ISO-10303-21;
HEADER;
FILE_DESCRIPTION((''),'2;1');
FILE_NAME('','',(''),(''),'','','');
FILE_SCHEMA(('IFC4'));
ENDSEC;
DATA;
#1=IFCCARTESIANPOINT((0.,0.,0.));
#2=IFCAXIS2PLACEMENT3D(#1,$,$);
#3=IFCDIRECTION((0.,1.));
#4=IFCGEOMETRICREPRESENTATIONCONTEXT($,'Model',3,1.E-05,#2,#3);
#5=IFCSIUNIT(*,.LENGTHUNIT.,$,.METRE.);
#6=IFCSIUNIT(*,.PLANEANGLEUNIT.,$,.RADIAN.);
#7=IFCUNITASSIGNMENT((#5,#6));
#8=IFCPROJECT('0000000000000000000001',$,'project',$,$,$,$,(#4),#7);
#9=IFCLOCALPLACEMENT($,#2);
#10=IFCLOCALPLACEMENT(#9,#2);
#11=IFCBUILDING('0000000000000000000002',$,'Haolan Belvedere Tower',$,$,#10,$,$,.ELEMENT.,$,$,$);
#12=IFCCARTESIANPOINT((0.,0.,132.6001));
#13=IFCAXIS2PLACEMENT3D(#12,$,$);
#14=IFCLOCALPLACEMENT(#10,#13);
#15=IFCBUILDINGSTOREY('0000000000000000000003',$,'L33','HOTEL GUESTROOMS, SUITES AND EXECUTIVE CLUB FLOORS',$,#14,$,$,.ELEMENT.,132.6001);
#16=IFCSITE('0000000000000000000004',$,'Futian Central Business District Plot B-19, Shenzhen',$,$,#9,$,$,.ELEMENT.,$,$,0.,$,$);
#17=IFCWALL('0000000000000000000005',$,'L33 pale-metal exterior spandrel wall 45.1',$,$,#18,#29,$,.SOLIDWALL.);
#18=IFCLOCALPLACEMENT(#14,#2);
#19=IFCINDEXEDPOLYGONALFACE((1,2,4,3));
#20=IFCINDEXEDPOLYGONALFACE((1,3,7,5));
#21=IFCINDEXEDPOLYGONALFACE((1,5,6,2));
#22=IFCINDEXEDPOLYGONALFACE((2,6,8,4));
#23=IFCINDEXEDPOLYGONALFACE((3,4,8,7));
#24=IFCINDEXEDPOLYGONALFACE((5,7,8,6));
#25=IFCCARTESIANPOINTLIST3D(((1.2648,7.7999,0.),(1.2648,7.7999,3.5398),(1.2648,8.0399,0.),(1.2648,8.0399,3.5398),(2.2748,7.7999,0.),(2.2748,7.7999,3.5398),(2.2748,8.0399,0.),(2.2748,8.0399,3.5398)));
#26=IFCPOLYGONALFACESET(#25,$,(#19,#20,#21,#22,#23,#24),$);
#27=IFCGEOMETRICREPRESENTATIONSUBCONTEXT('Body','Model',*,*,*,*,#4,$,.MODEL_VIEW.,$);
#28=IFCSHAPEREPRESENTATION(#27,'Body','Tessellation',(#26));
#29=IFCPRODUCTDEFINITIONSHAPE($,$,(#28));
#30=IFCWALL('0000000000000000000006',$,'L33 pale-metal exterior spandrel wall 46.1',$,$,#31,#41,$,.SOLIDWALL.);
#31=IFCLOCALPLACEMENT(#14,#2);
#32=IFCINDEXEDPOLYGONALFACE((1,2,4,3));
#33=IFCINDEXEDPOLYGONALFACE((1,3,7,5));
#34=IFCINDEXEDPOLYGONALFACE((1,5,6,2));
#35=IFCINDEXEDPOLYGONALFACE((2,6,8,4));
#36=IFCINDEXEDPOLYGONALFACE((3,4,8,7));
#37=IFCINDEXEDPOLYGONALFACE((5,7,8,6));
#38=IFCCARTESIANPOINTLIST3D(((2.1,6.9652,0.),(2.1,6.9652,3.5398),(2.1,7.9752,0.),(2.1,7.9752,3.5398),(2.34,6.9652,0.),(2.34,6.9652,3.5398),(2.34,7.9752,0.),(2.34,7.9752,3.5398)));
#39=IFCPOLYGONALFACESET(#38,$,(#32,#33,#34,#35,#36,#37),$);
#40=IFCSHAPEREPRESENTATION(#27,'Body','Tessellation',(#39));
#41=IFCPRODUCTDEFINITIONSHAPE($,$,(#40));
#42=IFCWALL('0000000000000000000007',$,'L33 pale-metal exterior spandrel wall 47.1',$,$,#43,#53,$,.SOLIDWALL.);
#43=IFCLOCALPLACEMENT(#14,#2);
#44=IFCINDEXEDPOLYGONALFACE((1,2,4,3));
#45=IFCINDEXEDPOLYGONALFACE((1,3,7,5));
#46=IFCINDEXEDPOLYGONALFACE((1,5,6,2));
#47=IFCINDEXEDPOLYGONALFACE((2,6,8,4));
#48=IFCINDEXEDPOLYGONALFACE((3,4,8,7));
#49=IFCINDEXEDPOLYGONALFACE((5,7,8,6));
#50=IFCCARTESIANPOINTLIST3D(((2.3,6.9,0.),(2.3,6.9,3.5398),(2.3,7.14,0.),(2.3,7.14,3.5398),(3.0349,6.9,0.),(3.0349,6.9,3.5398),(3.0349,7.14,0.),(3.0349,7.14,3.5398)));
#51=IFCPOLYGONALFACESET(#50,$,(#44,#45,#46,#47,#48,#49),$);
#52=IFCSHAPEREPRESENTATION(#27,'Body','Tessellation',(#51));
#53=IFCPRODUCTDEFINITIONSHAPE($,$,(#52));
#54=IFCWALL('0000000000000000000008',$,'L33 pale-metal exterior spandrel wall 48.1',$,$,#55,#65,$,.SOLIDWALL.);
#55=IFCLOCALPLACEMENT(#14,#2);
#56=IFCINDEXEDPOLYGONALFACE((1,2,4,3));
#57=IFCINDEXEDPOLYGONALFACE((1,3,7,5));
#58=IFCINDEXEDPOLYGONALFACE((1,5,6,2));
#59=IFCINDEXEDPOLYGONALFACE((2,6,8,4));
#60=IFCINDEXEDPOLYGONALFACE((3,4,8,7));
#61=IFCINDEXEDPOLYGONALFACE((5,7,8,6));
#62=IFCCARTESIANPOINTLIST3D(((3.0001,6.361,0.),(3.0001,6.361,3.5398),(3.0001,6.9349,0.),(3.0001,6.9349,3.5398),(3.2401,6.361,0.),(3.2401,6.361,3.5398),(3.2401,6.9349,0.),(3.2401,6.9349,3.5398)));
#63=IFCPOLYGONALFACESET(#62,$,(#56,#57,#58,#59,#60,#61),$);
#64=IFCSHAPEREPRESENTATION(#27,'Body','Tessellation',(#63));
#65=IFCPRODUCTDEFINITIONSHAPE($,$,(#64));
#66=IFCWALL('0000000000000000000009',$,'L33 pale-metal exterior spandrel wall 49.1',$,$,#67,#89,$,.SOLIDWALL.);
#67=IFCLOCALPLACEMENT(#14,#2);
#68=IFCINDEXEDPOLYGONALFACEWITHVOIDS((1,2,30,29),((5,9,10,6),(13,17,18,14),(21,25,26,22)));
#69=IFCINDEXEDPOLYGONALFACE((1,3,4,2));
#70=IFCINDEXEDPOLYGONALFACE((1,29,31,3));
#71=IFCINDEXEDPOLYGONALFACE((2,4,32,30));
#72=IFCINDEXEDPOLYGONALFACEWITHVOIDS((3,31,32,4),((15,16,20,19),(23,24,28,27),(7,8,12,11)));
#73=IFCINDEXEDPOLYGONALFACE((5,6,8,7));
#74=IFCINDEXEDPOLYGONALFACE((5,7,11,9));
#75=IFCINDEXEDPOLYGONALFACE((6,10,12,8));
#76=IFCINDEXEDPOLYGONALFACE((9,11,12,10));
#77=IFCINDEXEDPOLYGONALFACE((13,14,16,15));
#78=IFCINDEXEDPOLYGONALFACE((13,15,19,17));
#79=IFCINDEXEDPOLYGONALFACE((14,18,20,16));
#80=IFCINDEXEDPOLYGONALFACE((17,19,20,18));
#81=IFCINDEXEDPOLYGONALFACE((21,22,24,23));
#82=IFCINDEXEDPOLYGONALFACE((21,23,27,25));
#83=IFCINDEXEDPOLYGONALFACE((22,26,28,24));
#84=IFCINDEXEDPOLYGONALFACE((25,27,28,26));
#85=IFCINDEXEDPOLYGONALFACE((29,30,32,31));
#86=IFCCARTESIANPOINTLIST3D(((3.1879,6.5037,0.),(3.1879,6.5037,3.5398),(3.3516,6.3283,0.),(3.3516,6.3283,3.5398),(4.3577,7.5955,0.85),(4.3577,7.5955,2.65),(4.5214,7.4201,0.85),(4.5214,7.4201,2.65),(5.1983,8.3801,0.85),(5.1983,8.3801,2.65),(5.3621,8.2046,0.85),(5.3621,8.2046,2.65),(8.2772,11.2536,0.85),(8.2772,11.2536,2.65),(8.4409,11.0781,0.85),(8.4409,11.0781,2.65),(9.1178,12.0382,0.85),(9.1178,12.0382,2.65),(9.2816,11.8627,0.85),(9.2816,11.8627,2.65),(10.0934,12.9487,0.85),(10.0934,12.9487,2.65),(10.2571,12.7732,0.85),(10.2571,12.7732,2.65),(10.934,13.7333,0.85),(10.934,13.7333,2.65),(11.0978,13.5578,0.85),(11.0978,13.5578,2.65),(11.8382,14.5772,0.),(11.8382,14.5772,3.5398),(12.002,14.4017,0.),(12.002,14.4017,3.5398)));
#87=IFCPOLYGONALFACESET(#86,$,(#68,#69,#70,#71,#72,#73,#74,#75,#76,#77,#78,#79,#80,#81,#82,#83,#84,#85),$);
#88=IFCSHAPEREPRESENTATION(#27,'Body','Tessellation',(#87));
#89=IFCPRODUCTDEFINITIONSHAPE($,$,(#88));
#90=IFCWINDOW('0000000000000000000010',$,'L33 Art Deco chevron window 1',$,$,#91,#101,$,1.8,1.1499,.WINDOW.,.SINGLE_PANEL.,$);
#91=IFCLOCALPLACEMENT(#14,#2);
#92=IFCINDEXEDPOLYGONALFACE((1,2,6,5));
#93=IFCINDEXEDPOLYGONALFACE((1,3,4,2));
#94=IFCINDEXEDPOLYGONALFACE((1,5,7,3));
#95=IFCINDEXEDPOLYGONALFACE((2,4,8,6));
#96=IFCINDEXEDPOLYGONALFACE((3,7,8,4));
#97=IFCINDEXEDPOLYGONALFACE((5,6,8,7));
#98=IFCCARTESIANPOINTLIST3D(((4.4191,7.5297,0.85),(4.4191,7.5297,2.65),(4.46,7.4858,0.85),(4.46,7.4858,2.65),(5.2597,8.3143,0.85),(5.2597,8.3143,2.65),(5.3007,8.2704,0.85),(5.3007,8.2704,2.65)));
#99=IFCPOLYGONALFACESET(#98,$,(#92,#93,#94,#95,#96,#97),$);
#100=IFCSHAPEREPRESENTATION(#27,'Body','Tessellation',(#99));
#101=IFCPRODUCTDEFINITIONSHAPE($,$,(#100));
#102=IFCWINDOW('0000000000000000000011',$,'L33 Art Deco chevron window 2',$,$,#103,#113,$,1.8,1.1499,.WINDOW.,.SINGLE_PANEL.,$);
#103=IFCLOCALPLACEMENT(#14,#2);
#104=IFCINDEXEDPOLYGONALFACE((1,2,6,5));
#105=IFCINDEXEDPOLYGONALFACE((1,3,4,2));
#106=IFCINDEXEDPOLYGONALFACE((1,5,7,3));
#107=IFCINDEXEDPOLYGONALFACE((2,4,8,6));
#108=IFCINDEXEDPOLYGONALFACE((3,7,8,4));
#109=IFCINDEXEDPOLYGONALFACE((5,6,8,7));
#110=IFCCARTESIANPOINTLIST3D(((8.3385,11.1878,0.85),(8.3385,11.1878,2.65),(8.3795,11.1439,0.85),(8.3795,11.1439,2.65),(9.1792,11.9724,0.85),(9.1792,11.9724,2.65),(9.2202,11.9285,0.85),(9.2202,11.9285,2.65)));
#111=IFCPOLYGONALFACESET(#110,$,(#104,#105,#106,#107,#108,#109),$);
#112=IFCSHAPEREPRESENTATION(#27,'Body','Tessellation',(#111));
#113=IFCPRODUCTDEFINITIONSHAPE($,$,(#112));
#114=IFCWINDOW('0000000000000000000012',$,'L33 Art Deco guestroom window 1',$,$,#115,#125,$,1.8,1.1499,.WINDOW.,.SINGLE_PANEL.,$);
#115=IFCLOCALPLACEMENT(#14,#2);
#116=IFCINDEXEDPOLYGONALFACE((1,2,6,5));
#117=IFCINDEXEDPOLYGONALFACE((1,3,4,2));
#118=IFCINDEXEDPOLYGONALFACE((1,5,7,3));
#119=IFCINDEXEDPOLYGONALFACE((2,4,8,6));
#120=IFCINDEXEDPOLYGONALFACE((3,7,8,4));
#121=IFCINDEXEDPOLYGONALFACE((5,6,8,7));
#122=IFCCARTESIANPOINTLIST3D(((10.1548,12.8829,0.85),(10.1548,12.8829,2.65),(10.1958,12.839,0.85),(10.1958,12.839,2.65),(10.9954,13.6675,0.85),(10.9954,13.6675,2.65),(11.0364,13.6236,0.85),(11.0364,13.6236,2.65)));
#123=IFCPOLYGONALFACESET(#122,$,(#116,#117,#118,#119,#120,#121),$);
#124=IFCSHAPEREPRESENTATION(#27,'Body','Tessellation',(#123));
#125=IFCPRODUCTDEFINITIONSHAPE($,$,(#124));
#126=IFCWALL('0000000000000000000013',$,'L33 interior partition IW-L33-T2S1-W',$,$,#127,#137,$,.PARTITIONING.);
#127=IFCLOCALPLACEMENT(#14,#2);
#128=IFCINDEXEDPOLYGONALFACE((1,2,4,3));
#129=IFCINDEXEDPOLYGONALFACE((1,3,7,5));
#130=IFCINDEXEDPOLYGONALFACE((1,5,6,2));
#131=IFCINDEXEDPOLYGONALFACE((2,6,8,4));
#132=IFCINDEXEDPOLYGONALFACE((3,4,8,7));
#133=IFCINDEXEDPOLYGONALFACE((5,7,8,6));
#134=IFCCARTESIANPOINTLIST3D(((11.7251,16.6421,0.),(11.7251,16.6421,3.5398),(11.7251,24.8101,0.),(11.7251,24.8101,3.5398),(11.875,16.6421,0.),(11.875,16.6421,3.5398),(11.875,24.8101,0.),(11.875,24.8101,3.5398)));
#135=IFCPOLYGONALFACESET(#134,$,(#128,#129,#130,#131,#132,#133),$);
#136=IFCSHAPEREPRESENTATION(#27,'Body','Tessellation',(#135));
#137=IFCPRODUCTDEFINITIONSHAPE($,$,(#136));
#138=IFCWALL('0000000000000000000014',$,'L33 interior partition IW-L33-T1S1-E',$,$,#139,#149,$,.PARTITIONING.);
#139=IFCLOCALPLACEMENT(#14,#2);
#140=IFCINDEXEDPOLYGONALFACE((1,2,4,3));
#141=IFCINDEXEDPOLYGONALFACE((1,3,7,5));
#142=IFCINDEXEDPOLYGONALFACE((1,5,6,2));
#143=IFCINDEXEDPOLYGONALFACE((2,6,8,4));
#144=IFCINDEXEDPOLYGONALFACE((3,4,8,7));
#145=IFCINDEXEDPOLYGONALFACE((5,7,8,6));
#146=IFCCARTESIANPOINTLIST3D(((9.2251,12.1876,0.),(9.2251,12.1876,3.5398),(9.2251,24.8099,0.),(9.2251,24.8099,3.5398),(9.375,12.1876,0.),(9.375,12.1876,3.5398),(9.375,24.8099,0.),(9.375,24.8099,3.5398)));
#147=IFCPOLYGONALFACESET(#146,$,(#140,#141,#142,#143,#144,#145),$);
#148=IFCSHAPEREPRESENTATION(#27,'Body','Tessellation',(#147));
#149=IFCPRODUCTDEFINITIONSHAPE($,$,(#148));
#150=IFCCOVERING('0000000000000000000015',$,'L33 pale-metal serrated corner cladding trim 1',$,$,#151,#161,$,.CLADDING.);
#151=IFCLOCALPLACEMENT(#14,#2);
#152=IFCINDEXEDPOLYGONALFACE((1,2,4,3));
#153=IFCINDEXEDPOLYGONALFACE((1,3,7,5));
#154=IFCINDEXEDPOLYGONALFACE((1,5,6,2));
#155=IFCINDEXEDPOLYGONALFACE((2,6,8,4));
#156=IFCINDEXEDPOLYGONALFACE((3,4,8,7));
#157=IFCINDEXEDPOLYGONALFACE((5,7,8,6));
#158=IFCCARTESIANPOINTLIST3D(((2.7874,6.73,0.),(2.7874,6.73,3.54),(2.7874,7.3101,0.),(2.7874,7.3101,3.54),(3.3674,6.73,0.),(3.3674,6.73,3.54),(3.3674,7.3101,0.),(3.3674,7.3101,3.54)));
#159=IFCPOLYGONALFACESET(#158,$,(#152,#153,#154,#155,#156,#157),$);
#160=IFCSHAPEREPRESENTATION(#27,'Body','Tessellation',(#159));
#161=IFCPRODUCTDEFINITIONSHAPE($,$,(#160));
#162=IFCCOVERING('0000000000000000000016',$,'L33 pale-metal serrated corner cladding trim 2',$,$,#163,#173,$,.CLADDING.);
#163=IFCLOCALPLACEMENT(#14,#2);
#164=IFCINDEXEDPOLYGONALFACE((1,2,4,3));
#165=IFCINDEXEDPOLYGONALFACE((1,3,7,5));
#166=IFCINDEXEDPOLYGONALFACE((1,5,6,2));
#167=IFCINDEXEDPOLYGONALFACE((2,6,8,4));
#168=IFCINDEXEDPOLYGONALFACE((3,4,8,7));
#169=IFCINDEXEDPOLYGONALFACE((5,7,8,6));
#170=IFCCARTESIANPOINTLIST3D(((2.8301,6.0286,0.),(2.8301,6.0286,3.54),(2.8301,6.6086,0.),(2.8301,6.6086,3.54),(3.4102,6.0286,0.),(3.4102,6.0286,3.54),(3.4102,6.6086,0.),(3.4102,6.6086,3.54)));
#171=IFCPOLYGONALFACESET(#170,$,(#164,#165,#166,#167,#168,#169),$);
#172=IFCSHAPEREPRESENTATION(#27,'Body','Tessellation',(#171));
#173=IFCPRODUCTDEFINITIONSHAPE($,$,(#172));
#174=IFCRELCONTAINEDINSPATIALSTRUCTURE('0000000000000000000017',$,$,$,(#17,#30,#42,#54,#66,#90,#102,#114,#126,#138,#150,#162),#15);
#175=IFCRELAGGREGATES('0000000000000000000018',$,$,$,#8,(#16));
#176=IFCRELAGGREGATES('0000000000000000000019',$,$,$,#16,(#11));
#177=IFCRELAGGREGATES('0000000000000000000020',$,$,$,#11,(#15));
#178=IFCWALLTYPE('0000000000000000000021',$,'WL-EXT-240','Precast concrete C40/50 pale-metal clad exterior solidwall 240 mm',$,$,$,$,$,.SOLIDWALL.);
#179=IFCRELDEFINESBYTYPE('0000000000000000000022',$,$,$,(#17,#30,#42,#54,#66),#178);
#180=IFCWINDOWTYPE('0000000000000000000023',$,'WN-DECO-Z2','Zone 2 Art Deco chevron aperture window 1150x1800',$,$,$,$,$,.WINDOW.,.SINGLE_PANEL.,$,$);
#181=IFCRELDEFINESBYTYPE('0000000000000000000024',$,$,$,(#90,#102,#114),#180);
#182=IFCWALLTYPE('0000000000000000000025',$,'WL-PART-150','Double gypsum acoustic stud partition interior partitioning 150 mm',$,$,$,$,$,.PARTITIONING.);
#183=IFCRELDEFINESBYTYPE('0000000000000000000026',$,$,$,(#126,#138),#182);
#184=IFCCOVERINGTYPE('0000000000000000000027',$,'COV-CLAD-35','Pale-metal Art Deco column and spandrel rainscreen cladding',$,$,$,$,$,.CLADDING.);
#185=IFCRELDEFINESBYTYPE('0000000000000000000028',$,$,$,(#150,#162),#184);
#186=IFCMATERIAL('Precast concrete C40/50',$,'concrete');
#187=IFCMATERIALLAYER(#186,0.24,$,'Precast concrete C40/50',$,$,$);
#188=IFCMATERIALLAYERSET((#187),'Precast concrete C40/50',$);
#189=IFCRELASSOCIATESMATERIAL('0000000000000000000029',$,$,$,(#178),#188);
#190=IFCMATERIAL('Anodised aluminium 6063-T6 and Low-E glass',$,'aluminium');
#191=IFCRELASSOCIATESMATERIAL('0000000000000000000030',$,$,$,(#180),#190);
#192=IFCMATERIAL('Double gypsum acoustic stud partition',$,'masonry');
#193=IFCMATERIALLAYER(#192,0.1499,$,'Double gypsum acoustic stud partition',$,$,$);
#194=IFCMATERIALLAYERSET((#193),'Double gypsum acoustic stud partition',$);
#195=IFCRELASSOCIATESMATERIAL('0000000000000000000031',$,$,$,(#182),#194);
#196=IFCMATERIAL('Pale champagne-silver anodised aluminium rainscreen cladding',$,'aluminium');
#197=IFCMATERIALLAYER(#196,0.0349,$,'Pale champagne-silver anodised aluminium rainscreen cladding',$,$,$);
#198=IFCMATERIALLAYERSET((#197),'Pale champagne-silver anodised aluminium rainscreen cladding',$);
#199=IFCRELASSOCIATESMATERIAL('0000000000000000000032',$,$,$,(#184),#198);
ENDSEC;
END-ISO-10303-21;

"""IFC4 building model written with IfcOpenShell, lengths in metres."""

from ifc_helpers import new_model, si_unit, direction, frame, frame_2d, origin, origin_2d, place, context, subcontext, project, spatial, rectangle, extrude, material, layer, layer_set, type_object, element, fill, save


model = new_model("IFC4")

# Units and contexts
model_context = context("Model", 3, precision=1e-05, world=origin(), true_north=direction((0.0, 1.0)))
body_context = subcontext(model_context, "Body", "Model", "MODEL_VIEW")
ifc_project = project(units=[si_unit("LENGTHUNIT", "METRE"), si_unit("PLANEANGLEUNIT", "RADIAN")], contexts=[model_context])

# Site, building, storey
site_placement = place(None, origin())
site = spatial("IfcSite", under=ifc_project, at=site_placement, Name="Futian Central Business District Plot B-19, Shenzhen", CompositionType="ELEMENT", RefElevation=0.0)
building_placement = place(site_placement, origin())
building = spatial("IfcBuilding", under=site, at=building_placement, Name="Haolan Belvedere Tower", CompositionType="ELEMENT")
storey_placement = place(building_placement, frame((0.0, 0.0, 132.6001)))
storey = spatial("IfcBuildingStorey", under=building, at=storey_placement, Name="L33", Description="HOTEL GUESTROOMS, SUITES AND EXECUTIVE CLUB FLOORS", CompositionType="ELEMENT", Elevation=132.6001)

# Walls
ifc_material_1 = material(Name="Precast concrete C40/50", Category="concrete")
ifc_layer_1 = layer(ifc_material_1, 0.24, Name="Precast concrete C40/50")
ifc_layer_set_1 = layer_set([ifc_layer_1], Name="Precast concrete C40/50")
wall_type_1 = type_object("IfcWallType", Name="WL-EXT-240", Description="Precast concrete C40/50 pale-metal clad exterior solidwall 240 mm", PredefinedType="SOLIDWALL", material=ifc_layer_set_1)
for number, where, z_axis, x_axis, name in (
    (1, (1.2649, 7.9199, 0.0), (0.0, 0.0, 1.0), (1.0, 0.0, 0.0), "L33 pale-metal exterior spandrel wall 45.1"),
    (2, (2.22, 7.9751, 0.0), (0.0, 0.0, 1.0), (0.0, -1.0, 0.0), "L33 pale-metal exterior spandrel wall 46.1"),
):
    element("IfcWall", number, at=place(storey_placement, frame(where, z_axis=z_axis, x_axis=x_axis)), inside=storey, type_object=wall_type_1, Name=name, PredefinedType="SOLIDWALL", context=body_context, shape_type="SweptSolid", body=[
        extrude(rectangle(XDim=1.01, YDim=0.24, at=frame_2d((0.5049, 0.0))), origin(), (0.0, 0.0, 1.0), 3.5398),
    ])
wall_1_placement = place(storey_placement, frame((2.3, 7.02, 0.0), z_axis=(0.0, 0.0, 1.0), x_axis=(1.0, 0.0, 0.0)))
element("IfcWall", 3, at=wall_1_placement, inside=storey, type_object=wall_type_1, Name="L33 pale-metal exterior spandrel wall 47.1", PredefinedType="SOLIDWALL", context=body_context, shape_type="SweptSolid", body=[
    extrude(rectangle(XDim=0.7349, YDim=0.24, at=frame_2d((0.3674, 0.0))), origin(), (0.0, 0.0, 1.0), 3.5398),
])
wall_2_placement = place(storey_placement, frame((3.1201, 6.9351, 0.0), z_axis=(0.0, 0.0, 1.0), x_axis=(0.0, -1.0, 0.0)))
element("IfcWall", 4, at=wall_2_placement, inside=storey, type_object=wall_type_1, Name="L33 pale-metal exterior spandrel wall 48.1", PredefinedType="SOLIDWALL", context=body_context, shape_type="SweptSolid", body=[
    extrude(rectangle(XDim=0.574, YDim=0.24, at=frame_2d((0.2871, 0.0))), origin(), (0.0, 0.0, 1.0), 3.5398),
])

# Wall, openings, windows
wall_3_placement = place(storey_placement, frame((3.2698, 6.416, 0.0), z_axis=(0.0, 0.0, 1.0), x_axis=(0.731064, 0.682309, 0.0)))
wall_3 = element("IfcWall", 5, at=wall_3_placement, inside=storey, type_object=wall_type_1, Name="L33 pale-metal exterior spandrel wall 49.1", PredefinedType="SOLIDWALL", context=body_context, shape_type="SweptSolid", body=[
    extrude(rectangle(XDim=11.8325, YDim=0.24, at=frame_2d((5.9163, 0.0))), origin(), (0.0, 0.0, 1.0), 3.5398),
])
opening_1_placement = place(wall_3_placement, frame((1.6001, 0.0, 0.8501)))
opening_1 = element("IfcOpeningElement", 6, at=opening_1_placement, cuts=wall_3, PredefinedType="OPENING", context=body_context, shape_type="SweptSolid", body=[
    extrude(rectangle(XDim=1.1499, YDim=1.8, at=frame_2d((0.575, 0.8999))), frame((0.0, 0.1299, 0.0), z_axis=(0.0, -1.0, 0.0), x_axis=(1.0, 0.0, 0.0)), (0.0, 0.0, 1.0), 0.26),
])
opening_2_placement = place(wall_3_placement, frame((6.9614, 0.0, 0.8501)))
opening_2 = element("IfcOpeningElement", 7, at=opening_2_placement, cuts=wall_3, PredefinedType="OPENING", context=body_context, shape_type="SweptSolid", body=[
    extrude(rectangle(XDim=1.1499, YDim=1.8, at=frame_2d((0.575, 0.8999))), frame((0.0, 0.1299, 0.0), z_axis=(0.0, -1.0, 0.0), x_axis=(1.0, 0.0, 0.0)), (0.0, 0.0, 1.0), 0.26),
])
opening_3_placement = place(wall_3_placement, frame((9.4458, 0.0, 0.8501)))
opening_3 = element("IfcOpeningElement", 8, at=opening_3_placement, cuts=wall_3, PredefinedType="OPENING", context=body_context, shape_type="SweptSolid", body=[
    extrude(rectangle(XDim=1.1499, YDim=1.8, at=frame_2d((0.575, 0.8999))), frame((0.0, 0.1299, 0.0), z_axis=(0.0, -1.0, 0.0), x_axis=(1.0, 0.0, 0.0)), (0.0, 0.0, 1.0), 0.26),
])
ifc_material_2 = material(Name="Anodised aluminium 6063-T6 and Low-E glass", Category="aluminium")
window_type = type_object("IfcWindowType", Name="WN-DECO-Z2", Description="Zone 2 Art Deco chevron aperture window 1150x1800", PartitioningType="SINGLE_PANEL", PredefinedType="WINDOW", material=ifc_material_2)
window_1_placement = place(opening_1_placement, origin())
window_1 = element("IfcWindow", 9, at=window_1_placement, inside=storey, type_object=window_type, Name="L33 Art Deco chevron window 1", OverallHeight=1.8, OverallWidth=1.1499, PartitioningType="SINGLE_PANEL", PredefinedType="WINDOW", context=body_context, shape_type="SweptSolid", body=[
    extrude(rectangle(XDim=1.1499, YDim=1.8, at=frame_2d((0.575, 0.8999))), frame((0.0, 0.03, 0.0), z_axis=(0.0, -1.0, 0.0), x_axis=(1.0, 0.0, 0.0)), (0.0, 0.0, 1.0), 0.0601),
])
fill(opening_1, window_1)
window_2_placement = place(opening_2_placement, origin())
window_2 = element("IfcWindow", 10, at=window_2_placement, inside=storey, type_object=window_type, Name="L33 Art Deco chevron window 2", OverallHeight=1.8, OverallWidth=1.1499, PartitioningType="SINGLE_PANEL", PredefinedType="WINDOW", context=body_context, shape_type="SweptSolid", body=[
    extrude(rectangle(XDim=1.1499, YDim=1.8, at=frame_2d((0.575, 0.8999))), frame((0.0, 0.03, 0.0), z_axis=(0.0, -1.0, 0.0), x_axis=(1.0, 0.0, 0.0)), (0.0, 0.0, 1.0), 0.0601),
])
fill(opening_2, window_2)
window_3_placement = place(opening_3_placement, origin())
window_3 = element("IfcWindow", 11, at=window_3_placement, inside=storey, type_object=window_type, Name="L33 Art Deco guestroom window 1", OverallHeight=1.8, OverallWidth=1.1499, PartitioningType="SINGLE_PANEL", PredefinedType="WINDOW", context=body_context, shape_type="SweptSolid", body=[
    extrude(rectangle(XDim=1.1499, YDim=1.8, at=frame_2d((0.575, 0.8999))), frame((0.0, 0.03, 0.0), z_axis=(0.0, -1.0, 0.0), x_axis=(1.0, 0.0, 0.0)), (0.0, 0.0, 1.0), 0.0601),
])
fill(opening_3, window_3)

# Walls
ifc_material_3 = material(Name="Double gypsum acoustic stud partition", Category="masonry")
ifc_layer_2 = layer(ifc_material_3, 0.1499, Name="Double gypsum acoustic stud partition")
ifc_layer_set_2 = layer_set([ifc_layer_2], Name="Double gypsum acoustic stud partition")
wall_type_2 = type_object("IfcWallType", Name="WL-PART-150", Description="Double gypsum acoustic stud partition interior partitioning 150 mm", PredefinedType="PARTITIONING", material=ifc_layer_set_2)
wall_4_placement = place(storey_placement, frame((11.8, 16.6421, 0.0), z_axis=(0.0, 0.0, 1.0), x_axis=(0.0, 1.0, 0.0)))
element("IfcWall", 12, at=wall_4_placement, inside=storey, type_object=wall_type_2, Name="L33 interior partition IW-L33-T2S1-W", PredefinedType="PARTITIONING", context=body_context, shape_type="SweptSolid", body=[
    extrude(rectangle(XDim=8.168, YDim=0.1499, at=frame_2d((4.084, 0.0))), origin(), (0.0, 0.0, 1.0), 3.5398),
])
wall_5_placement = place(storey_placement, frame((9.3, 12.1877, 0.0), z_axis=(0.0, 0.0, 1.0), x_axis=(0.0, 1.0, 0.0)))
element("IfcWall", 13, at=wall_5_placement, inside=storey, type_object=wall_type_2, Name="L33 interior partition IW-L33-T1S1-E", PredefinedType="PARTITIONING", context=body_context, shape_type="SweptSolid", body=[
    extrude(rectangle(XDim=12.6223, YDim=0.1499, at=frame_2d((6.311, 0.0))), origin(), (0.0, 0.0, 1.0), 3.5398),
])

# Coverings
ifc_material_4 = material(Name="Pale champagne-silver anodised aluminium rainscreen cladding", Category="aluminium")
ifc_layer_3 = layer(ifc_material_4, 0.0349, Name="Pale champagne-silver anodised aluminium rainscreen cladding")
ifc_layer_set_3 = layer_set([ifc_layer_3], Name="Pale champagne-silver anodised aluminium rainscreen cladding")
covering_type_1 = type_object("IfcCoveringType", Name="COV-CLAD-35", Description="Pale-metal Art Deco column and spandrel rainscreen cladding", PredefinedType="CLADDING", material=ifc_layer_set_3)
for number, where, z_axis, x_axis, name in (
    (14, (3.0774, 7.02, 0.0), (0.0, 0.0, 1.0), (1.0, 0.0, 0.0), "L33 pale-metal serrated corner cladding trim 1"),
    (15, (3.1201, 6.3186, 0.0), (0.0, 0.0, 1.0), (1.0, 0.0, 0.0), "L33 pale-metal serrated corner cladding trim 2"),
):
    element("IfcCovering", number, at=place(storey_placement, frame(where, z_axis=z_axis, x_axis=x_axis)), inside=storey, type_object=covering_type_1, Name=name, PredefinedType="CLADDING", context=body_context, shape_type="SweptSolid", body=[
        extrude(rectangle(XDim=0.5801, YDim=0.5801, at=origin_2d()), origin(), (0.0, 0.0, 1.0), 3.54),
    ])

save(model, "model.ifc")
